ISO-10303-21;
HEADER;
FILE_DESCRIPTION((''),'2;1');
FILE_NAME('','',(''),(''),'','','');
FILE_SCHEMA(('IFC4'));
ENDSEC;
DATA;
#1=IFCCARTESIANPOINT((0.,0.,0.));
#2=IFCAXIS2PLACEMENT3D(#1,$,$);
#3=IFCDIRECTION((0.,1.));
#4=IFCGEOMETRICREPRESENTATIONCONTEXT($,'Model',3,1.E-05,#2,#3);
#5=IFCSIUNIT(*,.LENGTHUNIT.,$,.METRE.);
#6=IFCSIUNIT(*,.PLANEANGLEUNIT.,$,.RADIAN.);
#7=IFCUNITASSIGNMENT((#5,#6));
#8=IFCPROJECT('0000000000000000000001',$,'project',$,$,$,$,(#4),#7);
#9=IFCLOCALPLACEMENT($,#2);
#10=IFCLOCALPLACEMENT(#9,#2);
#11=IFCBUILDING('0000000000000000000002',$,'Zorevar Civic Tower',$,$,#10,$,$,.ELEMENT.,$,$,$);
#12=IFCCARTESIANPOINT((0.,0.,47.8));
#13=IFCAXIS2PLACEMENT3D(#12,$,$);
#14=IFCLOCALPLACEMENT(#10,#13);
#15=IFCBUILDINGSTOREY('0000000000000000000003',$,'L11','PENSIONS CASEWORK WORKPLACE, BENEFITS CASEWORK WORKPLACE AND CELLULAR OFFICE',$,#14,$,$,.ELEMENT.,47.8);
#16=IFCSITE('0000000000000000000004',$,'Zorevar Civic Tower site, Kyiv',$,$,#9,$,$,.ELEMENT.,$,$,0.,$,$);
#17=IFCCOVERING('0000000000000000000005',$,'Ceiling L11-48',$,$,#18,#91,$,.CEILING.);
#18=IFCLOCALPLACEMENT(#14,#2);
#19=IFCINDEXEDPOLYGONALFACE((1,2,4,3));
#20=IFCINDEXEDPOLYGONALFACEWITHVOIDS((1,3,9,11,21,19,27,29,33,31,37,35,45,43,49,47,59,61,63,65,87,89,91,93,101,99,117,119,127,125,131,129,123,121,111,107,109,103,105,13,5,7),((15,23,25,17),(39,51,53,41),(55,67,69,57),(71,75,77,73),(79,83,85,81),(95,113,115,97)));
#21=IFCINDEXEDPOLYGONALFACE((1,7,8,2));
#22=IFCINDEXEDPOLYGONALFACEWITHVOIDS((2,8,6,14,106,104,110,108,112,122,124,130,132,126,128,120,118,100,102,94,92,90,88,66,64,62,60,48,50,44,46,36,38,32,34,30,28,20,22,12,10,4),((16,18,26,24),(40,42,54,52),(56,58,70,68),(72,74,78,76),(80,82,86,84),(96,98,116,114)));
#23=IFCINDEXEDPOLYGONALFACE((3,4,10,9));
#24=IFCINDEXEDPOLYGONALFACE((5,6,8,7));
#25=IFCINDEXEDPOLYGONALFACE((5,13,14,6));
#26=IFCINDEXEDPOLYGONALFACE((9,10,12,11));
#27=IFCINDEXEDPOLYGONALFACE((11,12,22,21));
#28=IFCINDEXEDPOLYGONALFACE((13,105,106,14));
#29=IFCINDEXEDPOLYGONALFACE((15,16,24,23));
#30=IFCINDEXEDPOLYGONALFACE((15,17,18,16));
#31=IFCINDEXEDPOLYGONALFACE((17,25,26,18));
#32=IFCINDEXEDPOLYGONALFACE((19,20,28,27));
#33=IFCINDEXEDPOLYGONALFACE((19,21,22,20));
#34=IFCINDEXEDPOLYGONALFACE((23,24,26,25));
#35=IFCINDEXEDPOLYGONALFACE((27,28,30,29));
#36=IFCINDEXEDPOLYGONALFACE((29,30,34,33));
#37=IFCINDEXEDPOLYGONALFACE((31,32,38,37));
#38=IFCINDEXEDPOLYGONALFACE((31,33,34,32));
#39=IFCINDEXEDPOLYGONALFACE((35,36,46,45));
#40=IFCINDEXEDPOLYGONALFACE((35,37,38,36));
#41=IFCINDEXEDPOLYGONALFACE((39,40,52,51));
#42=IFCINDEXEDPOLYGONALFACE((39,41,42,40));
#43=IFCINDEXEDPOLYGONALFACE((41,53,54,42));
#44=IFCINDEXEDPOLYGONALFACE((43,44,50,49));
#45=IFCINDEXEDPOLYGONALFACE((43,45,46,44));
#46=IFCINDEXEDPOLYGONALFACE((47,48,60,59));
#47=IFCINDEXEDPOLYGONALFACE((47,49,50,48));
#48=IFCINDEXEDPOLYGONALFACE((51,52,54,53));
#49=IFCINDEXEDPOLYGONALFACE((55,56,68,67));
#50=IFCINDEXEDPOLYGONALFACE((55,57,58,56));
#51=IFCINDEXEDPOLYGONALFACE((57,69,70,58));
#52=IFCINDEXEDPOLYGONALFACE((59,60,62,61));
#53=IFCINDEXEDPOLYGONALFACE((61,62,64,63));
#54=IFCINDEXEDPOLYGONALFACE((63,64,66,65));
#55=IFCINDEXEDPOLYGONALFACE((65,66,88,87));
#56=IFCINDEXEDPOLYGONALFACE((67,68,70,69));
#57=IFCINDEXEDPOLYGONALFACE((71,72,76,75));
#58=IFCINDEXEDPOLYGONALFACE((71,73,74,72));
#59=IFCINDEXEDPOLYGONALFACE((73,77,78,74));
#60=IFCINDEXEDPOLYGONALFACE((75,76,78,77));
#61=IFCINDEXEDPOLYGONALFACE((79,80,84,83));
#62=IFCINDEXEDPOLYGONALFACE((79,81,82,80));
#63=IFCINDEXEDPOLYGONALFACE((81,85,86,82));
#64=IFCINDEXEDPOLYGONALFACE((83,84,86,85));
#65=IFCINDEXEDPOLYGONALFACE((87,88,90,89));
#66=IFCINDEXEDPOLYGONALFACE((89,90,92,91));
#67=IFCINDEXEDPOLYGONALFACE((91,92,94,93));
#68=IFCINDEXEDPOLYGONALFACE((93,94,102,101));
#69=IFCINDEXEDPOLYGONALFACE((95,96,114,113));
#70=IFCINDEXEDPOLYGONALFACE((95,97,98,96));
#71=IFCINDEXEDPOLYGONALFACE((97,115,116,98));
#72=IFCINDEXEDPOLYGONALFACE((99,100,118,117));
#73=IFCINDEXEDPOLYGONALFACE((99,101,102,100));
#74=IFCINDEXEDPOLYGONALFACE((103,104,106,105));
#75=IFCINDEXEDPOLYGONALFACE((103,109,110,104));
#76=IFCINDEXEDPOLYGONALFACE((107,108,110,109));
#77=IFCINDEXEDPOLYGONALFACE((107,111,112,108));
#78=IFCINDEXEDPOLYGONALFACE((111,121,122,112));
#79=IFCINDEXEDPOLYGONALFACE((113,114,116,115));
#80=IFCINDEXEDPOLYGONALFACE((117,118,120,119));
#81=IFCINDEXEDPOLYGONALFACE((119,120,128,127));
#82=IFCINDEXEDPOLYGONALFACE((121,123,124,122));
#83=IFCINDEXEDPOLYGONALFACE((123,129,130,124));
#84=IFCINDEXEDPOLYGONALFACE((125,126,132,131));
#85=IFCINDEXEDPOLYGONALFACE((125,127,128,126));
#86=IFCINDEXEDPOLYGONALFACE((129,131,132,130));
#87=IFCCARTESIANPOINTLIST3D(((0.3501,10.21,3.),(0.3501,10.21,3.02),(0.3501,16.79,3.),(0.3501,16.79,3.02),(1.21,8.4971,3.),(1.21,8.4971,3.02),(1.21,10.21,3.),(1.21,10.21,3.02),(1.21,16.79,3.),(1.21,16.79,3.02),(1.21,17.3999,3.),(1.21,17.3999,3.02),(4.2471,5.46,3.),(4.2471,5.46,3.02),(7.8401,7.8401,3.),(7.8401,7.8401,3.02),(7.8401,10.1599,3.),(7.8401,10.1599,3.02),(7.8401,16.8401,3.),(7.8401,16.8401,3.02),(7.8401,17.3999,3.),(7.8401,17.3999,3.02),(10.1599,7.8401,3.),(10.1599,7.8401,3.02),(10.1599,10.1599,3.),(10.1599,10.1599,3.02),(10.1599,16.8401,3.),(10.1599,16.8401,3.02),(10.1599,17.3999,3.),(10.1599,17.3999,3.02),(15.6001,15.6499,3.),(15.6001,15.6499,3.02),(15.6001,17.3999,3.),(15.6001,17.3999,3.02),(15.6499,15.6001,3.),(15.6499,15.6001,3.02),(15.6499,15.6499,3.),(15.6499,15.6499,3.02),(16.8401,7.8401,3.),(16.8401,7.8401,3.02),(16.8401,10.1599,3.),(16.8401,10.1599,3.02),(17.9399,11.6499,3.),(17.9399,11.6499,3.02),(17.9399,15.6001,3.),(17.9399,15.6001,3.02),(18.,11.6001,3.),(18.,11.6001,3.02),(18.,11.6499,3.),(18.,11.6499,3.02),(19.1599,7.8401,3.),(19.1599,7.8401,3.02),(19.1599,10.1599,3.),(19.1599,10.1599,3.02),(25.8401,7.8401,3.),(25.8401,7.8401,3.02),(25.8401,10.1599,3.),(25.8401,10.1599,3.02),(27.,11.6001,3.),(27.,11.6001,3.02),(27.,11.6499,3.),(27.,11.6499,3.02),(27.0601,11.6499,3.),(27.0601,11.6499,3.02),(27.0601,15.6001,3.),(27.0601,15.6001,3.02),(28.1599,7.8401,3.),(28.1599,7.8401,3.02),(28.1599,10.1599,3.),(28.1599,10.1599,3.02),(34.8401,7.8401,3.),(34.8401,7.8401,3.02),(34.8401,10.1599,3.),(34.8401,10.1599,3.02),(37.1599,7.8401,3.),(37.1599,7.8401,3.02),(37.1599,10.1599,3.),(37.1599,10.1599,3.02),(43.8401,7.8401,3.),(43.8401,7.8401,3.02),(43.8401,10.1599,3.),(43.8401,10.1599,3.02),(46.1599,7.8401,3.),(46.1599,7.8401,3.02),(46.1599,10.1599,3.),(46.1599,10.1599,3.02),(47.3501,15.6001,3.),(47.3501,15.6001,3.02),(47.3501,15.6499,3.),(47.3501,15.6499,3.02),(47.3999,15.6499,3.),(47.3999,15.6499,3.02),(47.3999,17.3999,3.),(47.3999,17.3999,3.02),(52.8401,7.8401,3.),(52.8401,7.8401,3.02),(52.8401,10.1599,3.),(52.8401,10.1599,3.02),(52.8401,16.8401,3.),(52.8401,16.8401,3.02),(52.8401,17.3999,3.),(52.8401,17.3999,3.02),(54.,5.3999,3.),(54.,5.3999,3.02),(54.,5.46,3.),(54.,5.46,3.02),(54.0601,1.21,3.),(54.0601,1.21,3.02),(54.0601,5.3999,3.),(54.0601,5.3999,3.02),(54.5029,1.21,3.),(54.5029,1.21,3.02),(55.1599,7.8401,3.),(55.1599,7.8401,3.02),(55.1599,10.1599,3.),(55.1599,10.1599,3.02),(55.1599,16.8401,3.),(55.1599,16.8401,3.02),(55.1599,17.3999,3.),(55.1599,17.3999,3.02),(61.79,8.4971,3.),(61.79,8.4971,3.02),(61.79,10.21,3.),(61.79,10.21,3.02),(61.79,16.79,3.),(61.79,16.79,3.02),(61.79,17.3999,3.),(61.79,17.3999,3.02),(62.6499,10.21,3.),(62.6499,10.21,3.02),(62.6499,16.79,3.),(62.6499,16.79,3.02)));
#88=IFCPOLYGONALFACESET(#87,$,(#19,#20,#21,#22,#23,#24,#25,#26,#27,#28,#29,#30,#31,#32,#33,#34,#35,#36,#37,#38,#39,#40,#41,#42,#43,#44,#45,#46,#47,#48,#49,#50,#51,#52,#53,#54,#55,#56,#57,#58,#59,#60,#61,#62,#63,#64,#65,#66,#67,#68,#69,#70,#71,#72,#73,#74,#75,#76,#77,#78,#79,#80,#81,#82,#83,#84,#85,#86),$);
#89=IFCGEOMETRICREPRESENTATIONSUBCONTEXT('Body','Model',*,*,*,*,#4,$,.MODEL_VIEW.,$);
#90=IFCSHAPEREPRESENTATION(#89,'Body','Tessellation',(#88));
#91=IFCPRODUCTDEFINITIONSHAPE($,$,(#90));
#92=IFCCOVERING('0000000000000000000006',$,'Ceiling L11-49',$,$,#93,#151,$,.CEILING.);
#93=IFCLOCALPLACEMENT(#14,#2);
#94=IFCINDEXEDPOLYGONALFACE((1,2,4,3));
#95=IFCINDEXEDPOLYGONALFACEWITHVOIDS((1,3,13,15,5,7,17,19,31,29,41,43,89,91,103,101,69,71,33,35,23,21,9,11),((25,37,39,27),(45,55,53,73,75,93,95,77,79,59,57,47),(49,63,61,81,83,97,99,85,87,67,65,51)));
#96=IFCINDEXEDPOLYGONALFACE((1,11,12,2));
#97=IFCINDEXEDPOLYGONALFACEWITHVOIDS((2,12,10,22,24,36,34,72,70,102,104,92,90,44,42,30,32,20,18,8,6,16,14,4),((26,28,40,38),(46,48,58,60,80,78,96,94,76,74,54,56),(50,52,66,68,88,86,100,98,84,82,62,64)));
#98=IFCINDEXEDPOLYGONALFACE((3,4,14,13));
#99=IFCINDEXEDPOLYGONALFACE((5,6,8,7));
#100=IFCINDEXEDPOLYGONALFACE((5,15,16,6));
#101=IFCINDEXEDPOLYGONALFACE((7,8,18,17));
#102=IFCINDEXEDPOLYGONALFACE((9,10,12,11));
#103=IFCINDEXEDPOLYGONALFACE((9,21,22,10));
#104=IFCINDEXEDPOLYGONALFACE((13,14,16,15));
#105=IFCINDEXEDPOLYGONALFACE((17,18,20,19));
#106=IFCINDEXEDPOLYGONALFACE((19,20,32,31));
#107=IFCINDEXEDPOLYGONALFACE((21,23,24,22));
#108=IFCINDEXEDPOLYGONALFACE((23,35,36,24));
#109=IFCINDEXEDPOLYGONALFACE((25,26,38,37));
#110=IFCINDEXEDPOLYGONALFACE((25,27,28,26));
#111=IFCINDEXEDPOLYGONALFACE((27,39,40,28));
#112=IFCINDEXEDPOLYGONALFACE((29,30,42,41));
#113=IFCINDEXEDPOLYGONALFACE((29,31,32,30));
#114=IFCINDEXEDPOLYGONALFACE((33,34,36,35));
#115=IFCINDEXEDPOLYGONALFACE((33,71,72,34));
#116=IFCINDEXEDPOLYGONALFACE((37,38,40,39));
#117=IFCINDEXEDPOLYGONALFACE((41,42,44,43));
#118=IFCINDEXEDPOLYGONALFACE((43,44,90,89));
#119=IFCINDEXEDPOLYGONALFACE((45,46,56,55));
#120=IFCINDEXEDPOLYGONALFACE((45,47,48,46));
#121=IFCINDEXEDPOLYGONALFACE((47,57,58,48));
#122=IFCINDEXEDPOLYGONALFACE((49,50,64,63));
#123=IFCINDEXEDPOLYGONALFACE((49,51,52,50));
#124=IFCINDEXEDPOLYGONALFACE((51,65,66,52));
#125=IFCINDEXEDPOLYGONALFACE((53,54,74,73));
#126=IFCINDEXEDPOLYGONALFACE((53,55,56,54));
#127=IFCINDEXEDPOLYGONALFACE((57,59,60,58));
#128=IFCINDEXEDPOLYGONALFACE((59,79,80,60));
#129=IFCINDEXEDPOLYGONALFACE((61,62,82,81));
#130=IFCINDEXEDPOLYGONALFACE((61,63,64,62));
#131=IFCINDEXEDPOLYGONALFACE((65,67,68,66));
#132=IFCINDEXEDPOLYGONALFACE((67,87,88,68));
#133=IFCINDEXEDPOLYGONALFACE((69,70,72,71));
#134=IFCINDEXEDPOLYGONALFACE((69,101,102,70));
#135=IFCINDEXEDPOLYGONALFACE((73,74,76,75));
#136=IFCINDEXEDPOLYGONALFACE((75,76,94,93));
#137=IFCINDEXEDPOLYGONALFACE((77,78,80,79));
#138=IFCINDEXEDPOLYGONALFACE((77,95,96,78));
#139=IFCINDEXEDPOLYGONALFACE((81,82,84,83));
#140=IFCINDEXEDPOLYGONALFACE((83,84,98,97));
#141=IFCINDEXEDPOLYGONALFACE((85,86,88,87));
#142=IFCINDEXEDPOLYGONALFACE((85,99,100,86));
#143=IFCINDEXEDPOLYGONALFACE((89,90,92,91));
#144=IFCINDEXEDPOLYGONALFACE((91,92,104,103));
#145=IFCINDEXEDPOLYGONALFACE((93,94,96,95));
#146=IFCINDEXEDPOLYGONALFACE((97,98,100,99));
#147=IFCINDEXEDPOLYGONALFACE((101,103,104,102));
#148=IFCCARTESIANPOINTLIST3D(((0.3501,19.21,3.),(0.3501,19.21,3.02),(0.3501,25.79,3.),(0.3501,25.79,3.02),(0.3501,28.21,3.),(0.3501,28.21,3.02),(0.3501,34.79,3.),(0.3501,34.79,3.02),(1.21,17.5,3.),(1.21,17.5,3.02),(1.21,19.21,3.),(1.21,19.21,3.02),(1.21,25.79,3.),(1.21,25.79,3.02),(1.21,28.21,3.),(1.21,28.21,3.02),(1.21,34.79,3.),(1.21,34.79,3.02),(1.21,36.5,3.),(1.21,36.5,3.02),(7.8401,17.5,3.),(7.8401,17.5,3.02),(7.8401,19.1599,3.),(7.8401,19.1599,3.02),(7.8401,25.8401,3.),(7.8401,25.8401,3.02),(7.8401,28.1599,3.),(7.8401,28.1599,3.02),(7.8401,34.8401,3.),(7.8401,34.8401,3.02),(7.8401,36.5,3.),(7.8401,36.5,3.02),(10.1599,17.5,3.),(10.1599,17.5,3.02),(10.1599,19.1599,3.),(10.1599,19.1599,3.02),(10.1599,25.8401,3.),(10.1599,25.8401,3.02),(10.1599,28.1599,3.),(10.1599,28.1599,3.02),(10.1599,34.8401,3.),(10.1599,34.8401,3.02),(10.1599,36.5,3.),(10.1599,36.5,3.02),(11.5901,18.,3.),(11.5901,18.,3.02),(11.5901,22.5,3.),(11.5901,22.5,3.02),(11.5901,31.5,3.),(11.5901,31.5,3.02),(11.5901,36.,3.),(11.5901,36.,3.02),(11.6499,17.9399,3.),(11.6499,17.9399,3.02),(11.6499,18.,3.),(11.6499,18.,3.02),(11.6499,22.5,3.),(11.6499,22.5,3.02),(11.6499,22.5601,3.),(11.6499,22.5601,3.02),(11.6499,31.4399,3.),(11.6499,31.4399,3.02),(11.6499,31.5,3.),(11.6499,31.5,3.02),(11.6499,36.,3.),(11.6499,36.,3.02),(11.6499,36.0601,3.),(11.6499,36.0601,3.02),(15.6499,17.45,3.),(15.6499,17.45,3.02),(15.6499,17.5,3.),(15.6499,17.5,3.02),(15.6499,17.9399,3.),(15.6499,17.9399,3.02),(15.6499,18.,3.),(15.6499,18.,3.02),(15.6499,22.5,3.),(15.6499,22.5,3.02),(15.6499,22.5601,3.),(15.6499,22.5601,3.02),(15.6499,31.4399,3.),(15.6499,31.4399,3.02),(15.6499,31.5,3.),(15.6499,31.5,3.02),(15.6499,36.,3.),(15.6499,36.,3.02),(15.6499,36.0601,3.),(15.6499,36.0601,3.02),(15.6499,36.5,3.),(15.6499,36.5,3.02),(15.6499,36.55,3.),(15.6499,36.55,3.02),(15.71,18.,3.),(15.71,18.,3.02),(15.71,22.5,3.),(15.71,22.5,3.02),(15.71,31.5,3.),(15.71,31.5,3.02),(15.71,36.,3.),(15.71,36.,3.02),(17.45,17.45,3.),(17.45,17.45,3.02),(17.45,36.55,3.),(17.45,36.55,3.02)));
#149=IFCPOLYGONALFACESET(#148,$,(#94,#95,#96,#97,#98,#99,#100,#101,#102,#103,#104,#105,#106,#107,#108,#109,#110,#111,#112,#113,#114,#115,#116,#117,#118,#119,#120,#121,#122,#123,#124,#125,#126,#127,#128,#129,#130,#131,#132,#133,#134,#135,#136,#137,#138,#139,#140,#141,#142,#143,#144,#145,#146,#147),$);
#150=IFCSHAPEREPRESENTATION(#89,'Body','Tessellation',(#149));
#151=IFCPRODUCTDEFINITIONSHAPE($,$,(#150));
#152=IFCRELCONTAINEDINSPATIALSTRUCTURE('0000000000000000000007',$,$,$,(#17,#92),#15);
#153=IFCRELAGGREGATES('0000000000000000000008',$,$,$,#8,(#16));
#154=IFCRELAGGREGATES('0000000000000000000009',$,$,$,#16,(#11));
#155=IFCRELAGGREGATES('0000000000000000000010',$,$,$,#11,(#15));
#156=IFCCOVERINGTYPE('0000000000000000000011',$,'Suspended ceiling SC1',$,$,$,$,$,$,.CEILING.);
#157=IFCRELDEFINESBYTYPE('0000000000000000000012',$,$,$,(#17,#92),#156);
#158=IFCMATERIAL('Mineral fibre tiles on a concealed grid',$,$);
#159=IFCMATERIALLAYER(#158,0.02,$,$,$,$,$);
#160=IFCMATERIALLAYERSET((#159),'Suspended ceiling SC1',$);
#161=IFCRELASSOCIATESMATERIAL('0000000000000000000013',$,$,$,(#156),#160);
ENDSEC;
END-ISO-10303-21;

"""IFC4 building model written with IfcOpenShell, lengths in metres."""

from ifc_helpers import new_model, si_unit, direction, frame, origin, place, context, subcontext, project, spatial, polyline, outline, extrude, material, layer, layer_set, type_object, element, save


model = new_model("IFC4")

# Units and contexts
model_context = context("Model", 3, precision=1e-05, world=origin(), true_north=direction((0.0, 1.0)))
body_context = subcontext(model_context, "Body", "Model", "MODEL_VIEW")
ifc_project = project(units=[si_unit("LENGTHUNIT", "METRE"), si_unit("PLANEANGLEUNIT", "RADIAN")], contexts=[model_context])

# Site, building, storey
site_placement = place(None, origin())
site = spatial("IfcSite", under=ifc_project, at=site_placement, Name="Zorevar Civic Tower site, Kyiv", CompositionType="ELEMENT", RefElevation=0.0)
building_placement = place(site_placement, origin())
building = spatial("IfcBuilding", under=site, at=building_placement, Name="Zorevar Civic Tower", CompositionType="ELEMENT")
storey_placement = place(building_placement, frame((0.0, 0.0, 47.8)))
storey = spatial("IfcBuildingStorey", under=building, at=storey_placement, Name="L11", Description="PENSIONS CASEWORK WORKPLACE, BENEFITS CASEWORK WORKPLACE AND CELLULAR OFFICE", CompositionType="ELEMENT", Elevation=47.8)

# Coverings
ifc_material_1 = material(Name="Mineral fibre tiles on a concealed grid")
ifc_layer_1 = layer(ifc_material_1, 0.02)
ifc_layer_set_1 = layer_set([ifc_layer_1], Name="Suspended ceiling SC1")
covering_type_1 = type_object("IfcCoveringType", Name="Suspended ceiling SC1", PredefinedType="CEILING", material=ifc_layer_set_1)
covering_1_placement = place(storey_placement, frame((0.0, 0.0, 3.0)))
element("IfcCovering", 1, at=covering_1_placement, inside=storey, type_object=covering_type_1, Name="Ceiling L11-48", PredefinedType="CEILING", context=body_context, shape_type="SweptSolid", body=[
    extrude(outline(polyline([(52.8401, 17.3999), (52.8401, 16.8401), (55.1599, 16.8401), (55.1599, 17.3999), (61.79, 17.3999), (61.79, 16.79), (62.6499, 16.79), (62.6499, 10.21), (61.79, 10.21), (61.79, 8.4971), (54.5029, 1.21), (54.0601, 1.21), (54.0601, 5.3999), (54.0, 5.3999), (54.0, 5.46), (4.2471, 5.46), (1.21, 8.4971), (1.21, 10.21), (0.3501, 10.21), (0.3501, 16.79), (1.21, 16.79), (1.21, 17.3999), (7.8401, 17.3999), (7.8401, 16.8401), (10.1599, 16.8401), (10.1599, 17.3999), (15.6001, 17.3999), (15.6001, 15.6499), (15.6499, 15.6499), (15.6499, 15.6001), (17.9399, 15.6001), (17.9399, 11.6499), (18.0, 11.6499), (18.0, 11.6001), (27.0, 11.6001), (27.0, 11.6499), (27.0601, 11.6499), (27.0601, 15.6001), (47.3501, 15.6001), (47.3501, 15.6499), (47.3999, 15.6499), (47.3999, 17.3999), (52.8401, 17.3999)]), holes=[polyline([(10.1599, 10.1599), (7.8401, 10.1599), (7.8401, 7.8401), (10.1599, 7.8401), (10.1599, 10.1599)]), polyline([(16.8401, 7.8401), (19.1599, 7.8401), (19.1599, 10.1599), (16.8401, 10.1599), (16.8401, 7.8401)]), polyline([(25.8401, 10.1599), (25.8401, 7.8401), (28.1599, 7.8401), (28.1599, 10.1599), (25.8401, 10.1599)]), polyline([(37.1599, 10.1599), (34.8401, 10.1599), (34.8401, 7.8401), (37.1599, 7.8401), (37.1599, 10.1599)]), polyline([(46.1599, 7.8401), (46.1599, 10.1599), (43.8401, 10.1599), (43.8401, 7.8401), (46.1599, 7.8401)]), polyline([(52.8401, 10.1599), (52.8401, 7.8401), (55.1599, 7.8401), (55.1599, 10.1599), (52.8401, 10.1599)])]), origin(), (0.0, 0.0, 1.0), 0.02),
])
covering_2_placement = place(storey_placement, frame((0.0, 0.0, 3.0)))
element("IfcCovering", 2, at=covering_2_placement, inside=storey, type_object=covering_type_1, Name="Ceiling L11-49", PredefinedType="CEILING", context=body_context, shape_type="SweptSolid", body=[
    extrude(outline(polyline([(0.3501, 19.21), (0.3501, 25.79), (1.21, 25.79), (1.21, 28.21), (0.3501, 28.21), (0.3501, 34.79), (1.21, 34.79), (1.21, 36.5), (7.8401, 36.5), (7.8401, 34.8401), (10.1599, 34.8401), (10.1599, 36.5), (15.6499, 36.5), (15.6499, 36.55), (17.45, 36.55), (17.45, 17.45), (15.6499, 17.45), (15.6499, 17.5), (10.1599, 17.5), (10.1599, 19.1599), (7.8401, 19.1599), (7.8401, 17.5), (1.21, 17.5), (1.21, 19.21), (0.3501, 19.21)]), holes=[polyline([(11.5901, 22.5), (11.5901, 18.0), (11.6499, 18.0), (11.6499, 17.9399), (15.6499, 17.9399), (15.6499, 18.0), (15.71, 18.0), (15.71, 22.5), (15.6499, 22.5), (15.6499, 22.5601), (11.6499, 22.5601), (11.6499, 22.5), (11.5901, 22.5)]), polyline([(11.5901, 36.0), (11.5901, 31.5), (11.6499, 31.5), (11.6499, 31.4399), (15.6499, 31.4399), (15.6499, 31.5), (15.71, 31.5), (15.71, 36.0), (15.6499, 36.0), (15.6499, 36.0601), (11.6499, 36.0601), (11.6499, 36.0), (11.5901, 36.0)]), polyline([(7.8401, 28.1599), (7.8401, 25.8401), (10.1599, 25.8401), (10.1599, 28.1599), (7.8401, 28.1599)])]), origin(), (0.0, 0.0, 1.0), 0.02),
])

save(model, "model.ifc")
